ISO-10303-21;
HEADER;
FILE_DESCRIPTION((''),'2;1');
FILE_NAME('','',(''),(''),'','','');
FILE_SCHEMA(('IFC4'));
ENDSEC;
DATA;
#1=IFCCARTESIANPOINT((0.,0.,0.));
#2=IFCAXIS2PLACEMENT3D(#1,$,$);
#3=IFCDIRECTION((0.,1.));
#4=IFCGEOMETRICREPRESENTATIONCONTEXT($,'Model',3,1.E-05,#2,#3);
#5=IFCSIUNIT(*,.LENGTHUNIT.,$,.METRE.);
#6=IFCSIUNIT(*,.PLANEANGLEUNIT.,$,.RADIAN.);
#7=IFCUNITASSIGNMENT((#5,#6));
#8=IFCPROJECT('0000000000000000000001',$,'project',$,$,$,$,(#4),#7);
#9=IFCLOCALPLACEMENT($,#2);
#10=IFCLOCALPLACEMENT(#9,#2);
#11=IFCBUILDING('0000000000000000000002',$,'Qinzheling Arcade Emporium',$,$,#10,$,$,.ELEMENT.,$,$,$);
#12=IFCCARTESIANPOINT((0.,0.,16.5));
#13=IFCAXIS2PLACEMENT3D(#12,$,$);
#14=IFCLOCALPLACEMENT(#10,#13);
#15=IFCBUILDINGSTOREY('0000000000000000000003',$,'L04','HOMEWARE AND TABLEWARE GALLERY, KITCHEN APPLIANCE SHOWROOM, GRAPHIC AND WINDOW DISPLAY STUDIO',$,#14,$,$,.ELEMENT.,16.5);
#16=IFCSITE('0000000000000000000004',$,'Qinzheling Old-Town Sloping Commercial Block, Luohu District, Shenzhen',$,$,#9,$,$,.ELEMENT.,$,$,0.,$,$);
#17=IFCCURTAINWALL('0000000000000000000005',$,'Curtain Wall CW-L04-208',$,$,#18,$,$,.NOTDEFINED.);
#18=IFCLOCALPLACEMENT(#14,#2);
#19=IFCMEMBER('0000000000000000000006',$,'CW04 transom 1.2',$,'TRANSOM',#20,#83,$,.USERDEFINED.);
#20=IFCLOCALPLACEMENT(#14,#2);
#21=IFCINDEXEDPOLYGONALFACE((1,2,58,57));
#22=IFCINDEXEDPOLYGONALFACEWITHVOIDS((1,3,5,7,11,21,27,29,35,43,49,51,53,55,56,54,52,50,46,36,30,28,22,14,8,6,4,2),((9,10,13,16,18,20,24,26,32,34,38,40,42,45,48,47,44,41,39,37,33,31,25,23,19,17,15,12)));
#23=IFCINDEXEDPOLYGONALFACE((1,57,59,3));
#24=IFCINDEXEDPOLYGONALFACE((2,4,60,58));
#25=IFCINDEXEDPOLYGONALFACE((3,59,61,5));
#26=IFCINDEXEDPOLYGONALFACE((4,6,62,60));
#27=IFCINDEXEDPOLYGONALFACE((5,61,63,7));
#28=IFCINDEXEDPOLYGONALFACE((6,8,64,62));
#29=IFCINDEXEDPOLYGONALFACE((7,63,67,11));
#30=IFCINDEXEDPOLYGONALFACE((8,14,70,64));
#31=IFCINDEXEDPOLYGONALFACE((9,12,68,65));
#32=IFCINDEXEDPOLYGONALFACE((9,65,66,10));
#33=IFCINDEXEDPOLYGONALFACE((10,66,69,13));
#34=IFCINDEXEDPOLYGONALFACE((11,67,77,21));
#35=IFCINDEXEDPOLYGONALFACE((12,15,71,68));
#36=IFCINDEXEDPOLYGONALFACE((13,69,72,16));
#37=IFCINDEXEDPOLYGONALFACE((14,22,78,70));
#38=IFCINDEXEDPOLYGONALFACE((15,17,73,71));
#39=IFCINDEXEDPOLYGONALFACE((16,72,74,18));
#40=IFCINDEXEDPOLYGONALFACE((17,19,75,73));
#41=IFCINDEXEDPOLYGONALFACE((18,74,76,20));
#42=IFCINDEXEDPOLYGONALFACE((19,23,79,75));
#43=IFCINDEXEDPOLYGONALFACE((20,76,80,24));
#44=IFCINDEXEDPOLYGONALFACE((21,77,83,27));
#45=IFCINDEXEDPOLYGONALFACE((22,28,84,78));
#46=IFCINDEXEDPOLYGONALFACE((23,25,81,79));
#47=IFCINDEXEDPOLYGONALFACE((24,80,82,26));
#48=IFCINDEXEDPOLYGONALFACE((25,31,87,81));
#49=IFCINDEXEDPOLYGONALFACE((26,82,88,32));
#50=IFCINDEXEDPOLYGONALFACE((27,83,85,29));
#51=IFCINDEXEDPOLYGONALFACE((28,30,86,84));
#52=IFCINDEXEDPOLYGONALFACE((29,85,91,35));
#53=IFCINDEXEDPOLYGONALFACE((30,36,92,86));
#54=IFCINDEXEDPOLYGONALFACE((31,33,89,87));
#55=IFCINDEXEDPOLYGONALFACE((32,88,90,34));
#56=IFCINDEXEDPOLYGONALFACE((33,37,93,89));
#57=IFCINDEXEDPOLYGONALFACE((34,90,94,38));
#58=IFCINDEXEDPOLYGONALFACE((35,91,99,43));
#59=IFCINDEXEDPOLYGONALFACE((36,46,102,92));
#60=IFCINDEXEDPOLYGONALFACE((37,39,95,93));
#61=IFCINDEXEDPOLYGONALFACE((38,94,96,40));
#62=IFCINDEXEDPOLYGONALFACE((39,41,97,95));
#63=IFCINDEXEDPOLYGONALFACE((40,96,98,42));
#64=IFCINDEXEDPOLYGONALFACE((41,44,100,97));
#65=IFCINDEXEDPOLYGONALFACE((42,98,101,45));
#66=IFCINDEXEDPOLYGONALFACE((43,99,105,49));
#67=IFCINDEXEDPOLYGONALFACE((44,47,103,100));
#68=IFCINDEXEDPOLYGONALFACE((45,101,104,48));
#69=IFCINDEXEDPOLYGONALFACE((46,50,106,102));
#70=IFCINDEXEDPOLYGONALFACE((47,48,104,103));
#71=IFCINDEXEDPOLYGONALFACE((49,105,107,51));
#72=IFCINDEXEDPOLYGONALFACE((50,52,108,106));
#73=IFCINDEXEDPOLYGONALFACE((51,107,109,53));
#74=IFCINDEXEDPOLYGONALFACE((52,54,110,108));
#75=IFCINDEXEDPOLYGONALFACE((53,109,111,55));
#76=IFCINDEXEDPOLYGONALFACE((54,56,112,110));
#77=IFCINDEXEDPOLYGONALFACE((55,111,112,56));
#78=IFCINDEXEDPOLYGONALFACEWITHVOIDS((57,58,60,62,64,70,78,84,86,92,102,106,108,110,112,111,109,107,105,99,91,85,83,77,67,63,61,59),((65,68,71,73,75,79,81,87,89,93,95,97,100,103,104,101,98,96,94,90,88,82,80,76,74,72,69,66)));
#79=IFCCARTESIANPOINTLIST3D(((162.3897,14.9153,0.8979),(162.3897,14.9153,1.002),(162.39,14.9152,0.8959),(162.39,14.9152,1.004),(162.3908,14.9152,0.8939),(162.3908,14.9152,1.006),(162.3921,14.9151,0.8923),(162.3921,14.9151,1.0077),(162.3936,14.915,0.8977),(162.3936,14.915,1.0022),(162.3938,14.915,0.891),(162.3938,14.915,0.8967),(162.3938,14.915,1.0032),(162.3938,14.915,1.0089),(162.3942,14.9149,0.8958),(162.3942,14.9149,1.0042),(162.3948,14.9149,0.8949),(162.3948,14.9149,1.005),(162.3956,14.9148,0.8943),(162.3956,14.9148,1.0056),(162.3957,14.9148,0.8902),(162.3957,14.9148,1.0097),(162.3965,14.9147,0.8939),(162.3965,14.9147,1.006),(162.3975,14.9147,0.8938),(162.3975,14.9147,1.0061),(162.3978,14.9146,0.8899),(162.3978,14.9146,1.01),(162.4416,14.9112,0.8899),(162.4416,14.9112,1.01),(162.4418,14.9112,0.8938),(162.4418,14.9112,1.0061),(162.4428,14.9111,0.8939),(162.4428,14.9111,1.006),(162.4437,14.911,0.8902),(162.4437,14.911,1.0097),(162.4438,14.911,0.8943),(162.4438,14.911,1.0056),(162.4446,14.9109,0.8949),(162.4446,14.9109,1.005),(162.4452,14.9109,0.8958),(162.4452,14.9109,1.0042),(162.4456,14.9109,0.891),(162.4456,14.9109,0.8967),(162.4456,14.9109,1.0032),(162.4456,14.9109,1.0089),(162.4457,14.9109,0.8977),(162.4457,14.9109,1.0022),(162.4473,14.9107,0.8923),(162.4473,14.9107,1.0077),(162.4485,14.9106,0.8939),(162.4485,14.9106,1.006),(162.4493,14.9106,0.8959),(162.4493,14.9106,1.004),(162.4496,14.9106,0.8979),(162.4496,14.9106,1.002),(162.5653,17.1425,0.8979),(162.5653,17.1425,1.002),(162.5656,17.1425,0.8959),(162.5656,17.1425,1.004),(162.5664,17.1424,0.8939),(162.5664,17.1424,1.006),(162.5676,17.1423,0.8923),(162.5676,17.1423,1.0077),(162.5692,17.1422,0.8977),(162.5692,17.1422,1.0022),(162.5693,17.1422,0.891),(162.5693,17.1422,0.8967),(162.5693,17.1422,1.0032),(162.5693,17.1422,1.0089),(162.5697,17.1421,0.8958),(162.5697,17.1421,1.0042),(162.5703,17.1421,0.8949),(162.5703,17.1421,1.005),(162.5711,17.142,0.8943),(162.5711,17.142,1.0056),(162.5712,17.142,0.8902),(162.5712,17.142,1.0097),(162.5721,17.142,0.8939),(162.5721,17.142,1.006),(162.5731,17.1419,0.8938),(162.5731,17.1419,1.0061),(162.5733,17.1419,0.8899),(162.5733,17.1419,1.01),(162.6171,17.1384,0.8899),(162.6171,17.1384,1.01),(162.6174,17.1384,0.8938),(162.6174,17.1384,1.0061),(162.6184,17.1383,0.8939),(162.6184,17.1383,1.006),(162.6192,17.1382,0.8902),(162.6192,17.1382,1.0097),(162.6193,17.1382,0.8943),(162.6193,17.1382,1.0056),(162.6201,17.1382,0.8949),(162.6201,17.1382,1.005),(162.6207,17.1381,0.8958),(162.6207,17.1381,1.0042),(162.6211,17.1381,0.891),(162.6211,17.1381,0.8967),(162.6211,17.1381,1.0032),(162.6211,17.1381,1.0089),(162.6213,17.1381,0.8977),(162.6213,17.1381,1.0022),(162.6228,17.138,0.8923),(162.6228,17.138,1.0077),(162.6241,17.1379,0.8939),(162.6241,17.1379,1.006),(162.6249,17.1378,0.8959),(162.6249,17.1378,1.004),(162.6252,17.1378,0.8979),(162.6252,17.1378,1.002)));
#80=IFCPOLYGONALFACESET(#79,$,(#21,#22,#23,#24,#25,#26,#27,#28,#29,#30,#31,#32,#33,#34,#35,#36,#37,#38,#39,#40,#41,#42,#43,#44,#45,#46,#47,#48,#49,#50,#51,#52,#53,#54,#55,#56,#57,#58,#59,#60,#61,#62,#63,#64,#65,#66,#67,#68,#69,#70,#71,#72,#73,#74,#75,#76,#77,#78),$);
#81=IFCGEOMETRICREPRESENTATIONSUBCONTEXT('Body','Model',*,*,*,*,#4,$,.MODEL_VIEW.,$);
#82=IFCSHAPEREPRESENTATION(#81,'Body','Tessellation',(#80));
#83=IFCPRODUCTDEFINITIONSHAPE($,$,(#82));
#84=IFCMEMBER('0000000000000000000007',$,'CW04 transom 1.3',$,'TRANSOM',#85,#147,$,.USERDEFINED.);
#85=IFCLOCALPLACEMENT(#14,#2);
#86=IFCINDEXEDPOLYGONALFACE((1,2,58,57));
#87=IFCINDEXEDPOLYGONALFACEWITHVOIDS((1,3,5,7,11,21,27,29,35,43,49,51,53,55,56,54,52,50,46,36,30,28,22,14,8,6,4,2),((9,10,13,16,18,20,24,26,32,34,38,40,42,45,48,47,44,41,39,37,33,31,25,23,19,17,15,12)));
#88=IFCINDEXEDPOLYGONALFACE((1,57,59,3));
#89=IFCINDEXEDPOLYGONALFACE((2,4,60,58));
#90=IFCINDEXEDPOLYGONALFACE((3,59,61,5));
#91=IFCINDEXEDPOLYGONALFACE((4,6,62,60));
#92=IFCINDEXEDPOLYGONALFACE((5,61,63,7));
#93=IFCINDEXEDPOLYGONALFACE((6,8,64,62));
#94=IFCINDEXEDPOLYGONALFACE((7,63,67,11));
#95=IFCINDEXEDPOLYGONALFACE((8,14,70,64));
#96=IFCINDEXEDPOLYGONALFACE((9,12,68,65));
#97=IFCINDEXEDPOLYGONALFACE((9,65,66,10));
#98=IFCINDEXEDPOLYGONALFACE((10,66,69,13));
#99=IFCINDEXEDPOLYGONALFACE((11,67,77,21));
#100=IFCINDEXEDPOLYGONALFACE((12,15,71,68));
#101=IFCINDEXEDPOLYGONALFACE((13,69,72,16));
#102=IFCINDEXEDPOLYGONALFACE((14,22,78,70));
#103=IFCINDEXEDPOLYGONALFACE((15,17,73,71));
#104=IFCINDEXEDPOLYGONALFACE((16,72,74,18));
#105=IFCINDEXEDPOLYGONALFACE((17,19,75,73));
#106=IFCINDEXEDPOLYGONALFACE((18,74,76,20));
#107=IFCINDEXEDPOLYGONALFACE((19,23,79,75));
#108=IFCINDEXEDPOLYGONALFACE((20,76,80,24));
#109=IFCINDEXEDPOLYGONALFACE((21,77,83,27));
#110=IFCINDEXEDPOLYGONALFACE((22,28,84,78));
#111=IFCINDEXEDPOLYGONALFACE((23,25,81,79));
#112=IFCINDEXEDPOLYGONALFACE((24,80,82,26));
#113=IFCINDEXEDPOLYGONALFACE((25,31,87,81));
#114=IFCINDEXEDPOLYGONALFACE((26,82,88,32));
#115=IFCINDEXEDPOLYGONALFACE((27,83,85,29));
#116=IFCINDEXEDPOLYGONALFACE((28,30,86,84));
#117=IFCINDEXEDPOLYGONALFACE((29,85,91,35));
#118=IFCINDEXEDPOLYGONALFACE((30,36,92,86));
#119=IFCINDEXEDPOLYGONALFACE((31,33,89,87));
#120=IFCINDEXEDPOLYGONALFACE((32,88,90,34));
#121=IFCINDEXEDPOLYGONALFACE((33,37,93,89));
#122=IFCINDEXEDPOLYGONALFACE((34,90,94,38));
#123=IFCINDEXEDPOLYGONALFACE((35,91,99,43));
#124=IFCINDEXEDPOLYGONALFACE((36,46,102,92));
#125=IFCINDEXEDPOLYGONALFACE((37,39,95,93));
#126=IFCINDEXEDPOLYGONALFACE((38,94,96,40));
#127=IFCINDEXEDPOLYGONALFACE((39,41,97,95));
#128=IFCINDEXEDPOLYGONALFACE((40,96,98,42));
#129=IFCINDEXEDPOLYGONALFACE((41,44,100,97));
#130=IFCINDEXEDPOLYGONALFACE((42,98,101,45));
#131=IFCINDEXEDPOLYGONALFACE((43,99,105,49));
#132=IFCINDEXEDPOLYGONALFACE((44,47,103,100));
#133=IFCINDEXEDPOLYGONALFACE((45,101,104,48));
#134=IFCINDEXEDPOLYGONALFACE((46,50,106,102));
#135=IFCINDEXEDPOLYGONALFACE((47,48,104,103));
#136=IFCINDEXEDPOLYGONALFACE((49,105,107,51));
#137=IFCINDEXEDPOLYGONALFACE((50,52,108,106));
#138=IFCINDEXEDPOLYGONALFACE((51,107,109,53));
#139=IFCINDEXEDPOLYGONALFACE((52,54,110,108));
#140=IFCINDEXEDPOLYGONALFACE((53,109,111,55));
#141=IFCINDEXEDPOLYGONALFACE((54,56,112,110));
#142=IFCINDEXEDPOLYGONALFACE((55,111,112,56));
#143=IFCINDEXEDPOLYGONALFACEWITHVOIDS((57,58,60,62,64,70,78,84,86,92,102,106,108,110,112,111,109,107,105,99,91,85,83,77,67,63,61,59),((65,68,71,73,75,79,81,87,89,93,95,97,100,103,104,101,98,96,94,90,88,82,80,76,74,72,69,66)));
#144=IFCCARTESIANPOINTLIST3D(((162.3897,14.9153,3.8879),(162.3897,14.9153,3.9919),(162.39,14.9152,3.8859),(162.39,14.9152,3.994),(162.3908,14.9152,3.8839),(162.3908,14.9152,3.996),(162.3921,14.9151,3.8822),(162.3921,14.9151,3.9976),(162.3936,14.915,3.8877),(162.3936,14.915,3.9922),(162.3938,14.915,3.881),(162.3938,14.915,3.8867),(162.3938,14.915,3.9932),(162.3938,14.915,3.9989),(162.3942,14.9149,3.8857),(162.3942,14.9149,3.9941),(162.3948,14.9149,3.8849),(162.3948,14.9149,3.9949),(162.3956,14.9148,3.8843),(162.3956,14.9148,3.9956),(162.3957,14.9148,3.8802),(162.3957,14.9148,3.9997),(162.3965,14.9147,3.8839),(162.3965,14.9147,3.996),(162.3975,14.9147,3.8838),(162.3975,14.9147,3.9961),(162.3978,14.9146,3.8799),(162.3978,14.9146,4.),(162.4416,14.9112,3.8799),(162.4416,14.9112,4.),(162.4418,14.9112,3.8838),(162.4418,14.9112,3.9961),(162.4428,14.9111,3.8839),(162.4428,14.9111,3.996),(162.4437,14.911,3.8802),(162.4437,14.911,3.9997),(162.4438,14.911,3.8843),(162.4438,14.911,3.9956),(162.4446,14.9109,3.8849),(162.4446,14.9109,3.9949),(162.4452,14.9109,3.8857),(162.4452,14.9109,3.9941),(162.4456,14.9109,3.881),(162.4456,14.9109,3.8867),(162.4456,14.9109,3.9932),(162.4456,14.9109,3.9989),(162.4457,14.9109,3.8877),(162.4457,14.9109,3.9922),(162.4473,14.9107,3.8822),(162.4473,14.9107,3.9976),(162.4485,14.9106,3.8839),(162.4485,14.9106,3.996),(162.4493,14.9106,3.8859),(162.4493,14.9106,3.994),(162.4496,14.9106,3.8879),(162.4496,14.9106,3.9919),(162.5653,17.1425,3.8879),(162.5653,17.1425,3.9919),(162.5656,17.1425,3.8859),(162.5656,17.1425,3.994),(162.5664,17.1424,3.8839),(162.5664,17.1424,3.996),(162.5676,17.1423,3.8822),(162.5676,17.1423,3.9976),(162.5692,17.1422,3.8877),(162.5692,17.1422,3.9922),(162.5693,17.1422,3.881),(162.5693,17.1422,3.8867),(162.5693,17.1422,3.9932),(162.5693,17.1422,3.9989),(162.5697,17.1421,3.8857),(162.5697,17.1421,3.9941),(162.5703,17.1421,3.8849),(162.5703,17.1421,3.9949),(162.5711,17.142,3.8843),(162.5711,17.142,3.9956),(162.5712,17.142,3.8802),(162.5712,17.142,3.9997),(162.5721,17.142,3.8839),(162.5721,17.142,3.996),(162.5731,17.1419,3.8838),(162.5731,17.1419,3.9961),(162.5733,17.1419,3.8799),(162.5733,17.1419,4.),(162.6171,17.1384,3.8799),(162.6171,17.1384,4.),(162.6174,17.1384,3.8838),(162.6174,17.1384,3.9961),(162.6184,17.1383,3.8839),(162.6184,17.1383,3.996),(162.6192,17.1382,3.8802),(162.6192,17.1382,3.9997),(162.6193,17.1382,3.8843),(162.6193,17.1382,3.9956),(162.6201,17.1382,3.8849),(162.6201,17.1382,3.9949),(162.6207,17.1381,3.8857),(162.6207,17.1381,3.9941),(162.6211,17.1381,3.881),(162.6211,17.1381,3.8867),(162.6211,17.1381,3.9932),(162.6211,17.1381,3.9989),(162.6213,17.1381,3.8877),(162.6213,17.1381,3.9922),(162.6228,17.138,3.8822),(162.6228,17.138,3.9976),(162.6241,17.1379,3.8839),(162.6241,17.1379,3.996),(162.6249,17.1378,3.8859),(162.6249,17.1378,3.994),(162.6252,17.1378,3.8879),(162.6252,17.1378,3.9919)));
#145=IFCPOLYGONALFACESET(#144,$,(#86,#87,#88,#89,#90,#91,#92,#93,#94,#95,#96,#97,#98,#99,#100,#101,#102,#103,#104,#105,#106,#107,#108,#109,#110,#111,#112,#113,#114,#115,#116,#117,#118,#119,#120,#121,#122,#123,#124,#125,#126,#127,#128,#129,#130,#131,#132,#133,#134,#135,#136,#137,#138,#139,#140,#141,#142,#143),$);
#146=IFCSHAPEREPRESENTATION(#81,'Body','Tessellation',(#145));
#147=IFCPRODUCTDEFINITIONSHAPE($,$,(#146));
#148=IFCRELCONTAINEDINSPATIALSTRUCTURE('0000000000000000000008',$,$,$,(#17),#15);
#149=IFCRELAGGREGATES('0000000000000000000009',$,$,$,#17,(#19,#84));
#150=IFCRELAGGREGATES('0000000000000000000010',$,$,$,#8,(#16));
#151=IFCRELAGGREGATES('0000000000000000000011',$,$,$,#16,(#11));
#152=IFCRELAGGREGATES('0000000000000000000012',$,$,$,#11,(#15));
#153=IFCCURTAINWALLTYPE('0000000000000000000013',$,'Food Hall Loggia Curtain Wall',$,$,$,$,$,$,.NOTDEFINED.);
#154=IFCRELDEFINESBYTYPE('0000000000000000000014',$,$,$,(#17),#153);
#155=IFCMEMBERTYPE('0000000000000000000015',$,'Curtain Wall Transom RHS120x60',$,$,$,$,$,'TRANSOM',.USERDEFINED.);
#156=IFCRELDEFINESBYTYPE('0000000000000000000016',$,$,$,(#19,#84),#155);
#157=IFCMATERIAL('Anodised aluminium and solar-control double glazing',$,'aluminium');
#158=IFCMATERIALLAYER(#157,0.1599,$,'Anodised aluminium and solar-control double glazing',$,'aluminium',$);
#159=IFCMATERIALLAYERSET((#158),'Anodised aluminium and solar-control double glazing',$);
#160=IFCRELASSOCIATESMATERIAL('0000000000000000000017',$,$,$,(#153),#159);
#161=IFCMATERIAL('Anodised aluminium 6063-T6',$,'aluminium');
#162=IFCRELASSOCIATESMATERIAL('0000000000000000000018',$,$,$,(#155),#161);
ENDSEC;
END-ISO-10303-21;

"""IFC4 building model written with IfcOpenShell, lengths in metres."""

from ifc_helpers import new_model, si_unit, direction, frame, origin, origin_2d, place, context, subcontext, project, spatial, hollow_rectangle, extrude, material, layer, layer_set, material_profile, profile_set, type_object, element, aggregate, save


model = new_model("IFC4")

# Units and contexts
model_context = context("Model", 3, precision=1e-05, world=origin(), true_north=direction((0.0, 1.0)))
body_context = subcontext(model_context, "Body", "Model", "MODEL_VIEW")
ifc_project = project(units=[si_unit("LENGTHUNIT", "METRE"), si_unit("PLANEANGLEUNIT", "RADIAN")], contexts=[model_context])

# Site, building, storey
site_placement = place(None, origin())
site = spatial("IfcSite", under=ifc_project, at=site_placement, Name="Qinzheling Old-Town Sloping Commercial Block, Luohu District, Shenzhen", CompositionType="ELEMENT", RefElevation=0.0)
building_placement = place(site_placement, origin())
building = spatial("IfcBuilding", under=site, at=building_placement, Name="Qinzheling Arcade Emporium", CompositionType="ELEMENT")
storey_placement = place(building_placement, frame((0.0, 0.0, 16.5)))
storey = spatial("IfcBuildingStorey", under=building, at=storey_placement, Name="L04", Description="HOMEWARE AND TABLEWARE GALLERY, KITCHEN APPLIANCE SHOWROOM, GRAPHIC AND WINDOW DISPLAY STUDIO", CompositionType="ELEMENT", Elevation=16.5)

# Curtain wall
ifc_material_1 = material(Name="Anodised aluminium and solar-control double glazing", Category="aluminium")
ifc_layer_1 = layer(ifc_material_1, 0.1599, Name="Anodised aluminium and solar-control double glazing", Category="aluminium")
ifc_layer_set_1 = layer_set([ifc_layer_1], Name="Anodised aluminium and solar-control double glazing")
curtain_wall_type_1 = type_object("IfcCurtainWallType", Name="Food Hall Loggia Curtain Wall", PredefinedType="NOTDEFINED", material=ifc_layer_set_1)
curtain_wall_1_placement = place(storey_placement, origin())
curtain_wall_1 = element("IfcCurtainWall", 1, at=curtain_wall_1_placement, inside=storey, type_object=curtain_wall_type_1, Name="Curtain Wall CW-L04-208", PredefinedType="NOTDEFINED")
ifc_material_2 = material(Name="Anodised aluminium 6063-T6", Category="aluminium")

# Members
ifc_material_profile_1 = material_profile(ifc_material_2, hollow_rectangle(XDim=0.0601, YDim=0.1201, WallThickness=0.0039, InnerFilletRadius=0.0039, OuterFilletRadius=0.0081, at=origin_2d()), Name="RHS 120x60x4", Category="aluminium")
ifc_profile_set_1 = profile_set([ifc_material_profile_1], Name="Anodised aluminium 6063-T6")
member_type_1 = type_object("IfcMemberType", Name="Curtain Wall Transom RHS120x60", ElementType="TRANSOM", PredefinedType="USERDEFINED", material=ifc_profile_set_1)
member_1_placement = place(storey_placement, frame((162.5952, 17.1401, 0.95), z_axis=(-0.078568, -0.996909, 0.0), x_axis=(0.996909, -0.078568, 0.0)))
member_1 = element("IfcMember", 2, at=member_1_placement, type_object=member_type_1, Name="CW04 transom 1.2", ObjectType="TRANSOM", PredefinedType="USERDEFINED", context=body_context, shape_type="SweptSolid", body=[
    extrude(hollow_rectangle(XDim=0.0601, YDim=0.1201, WallThickness=0.0039, InnerFilletRadius=0.0039, OuterFilletRadius=0.0081, at=origin_2d()), origin(), (0.0, 0.0, 1.0), 2.2341),
])
member_2_placement = place(storey_placement, frame((162.5952, 17.1401, 3.9399), z_axis=(-0.078568, -0.996909, 0.0), x_axis=(0.996909, -0.078568, 0.0)))
member_2 = element("IfcMember", 3, at=member_2_placement, type_object=member_type_1, Name="CW04 transom 1.3", ObjectType="TRANSOM", PredefinedType="USERDEFINED", context=body_context, shape_type="SweptSolid", body=[
    extrude(hollow_rectangle(XDim=0.0601, YDim=0.1201, WallThickness=0.0039, InnerFilletRadius=0.0039, OuterFilletRadius=0.0081, at=origin_2d()), origin(), (0.0, 0.0, 1.0), 2.2341),
])

aggregate(curtain_wall_1, [member_1, member_2])

save(model, "model.ifc")
